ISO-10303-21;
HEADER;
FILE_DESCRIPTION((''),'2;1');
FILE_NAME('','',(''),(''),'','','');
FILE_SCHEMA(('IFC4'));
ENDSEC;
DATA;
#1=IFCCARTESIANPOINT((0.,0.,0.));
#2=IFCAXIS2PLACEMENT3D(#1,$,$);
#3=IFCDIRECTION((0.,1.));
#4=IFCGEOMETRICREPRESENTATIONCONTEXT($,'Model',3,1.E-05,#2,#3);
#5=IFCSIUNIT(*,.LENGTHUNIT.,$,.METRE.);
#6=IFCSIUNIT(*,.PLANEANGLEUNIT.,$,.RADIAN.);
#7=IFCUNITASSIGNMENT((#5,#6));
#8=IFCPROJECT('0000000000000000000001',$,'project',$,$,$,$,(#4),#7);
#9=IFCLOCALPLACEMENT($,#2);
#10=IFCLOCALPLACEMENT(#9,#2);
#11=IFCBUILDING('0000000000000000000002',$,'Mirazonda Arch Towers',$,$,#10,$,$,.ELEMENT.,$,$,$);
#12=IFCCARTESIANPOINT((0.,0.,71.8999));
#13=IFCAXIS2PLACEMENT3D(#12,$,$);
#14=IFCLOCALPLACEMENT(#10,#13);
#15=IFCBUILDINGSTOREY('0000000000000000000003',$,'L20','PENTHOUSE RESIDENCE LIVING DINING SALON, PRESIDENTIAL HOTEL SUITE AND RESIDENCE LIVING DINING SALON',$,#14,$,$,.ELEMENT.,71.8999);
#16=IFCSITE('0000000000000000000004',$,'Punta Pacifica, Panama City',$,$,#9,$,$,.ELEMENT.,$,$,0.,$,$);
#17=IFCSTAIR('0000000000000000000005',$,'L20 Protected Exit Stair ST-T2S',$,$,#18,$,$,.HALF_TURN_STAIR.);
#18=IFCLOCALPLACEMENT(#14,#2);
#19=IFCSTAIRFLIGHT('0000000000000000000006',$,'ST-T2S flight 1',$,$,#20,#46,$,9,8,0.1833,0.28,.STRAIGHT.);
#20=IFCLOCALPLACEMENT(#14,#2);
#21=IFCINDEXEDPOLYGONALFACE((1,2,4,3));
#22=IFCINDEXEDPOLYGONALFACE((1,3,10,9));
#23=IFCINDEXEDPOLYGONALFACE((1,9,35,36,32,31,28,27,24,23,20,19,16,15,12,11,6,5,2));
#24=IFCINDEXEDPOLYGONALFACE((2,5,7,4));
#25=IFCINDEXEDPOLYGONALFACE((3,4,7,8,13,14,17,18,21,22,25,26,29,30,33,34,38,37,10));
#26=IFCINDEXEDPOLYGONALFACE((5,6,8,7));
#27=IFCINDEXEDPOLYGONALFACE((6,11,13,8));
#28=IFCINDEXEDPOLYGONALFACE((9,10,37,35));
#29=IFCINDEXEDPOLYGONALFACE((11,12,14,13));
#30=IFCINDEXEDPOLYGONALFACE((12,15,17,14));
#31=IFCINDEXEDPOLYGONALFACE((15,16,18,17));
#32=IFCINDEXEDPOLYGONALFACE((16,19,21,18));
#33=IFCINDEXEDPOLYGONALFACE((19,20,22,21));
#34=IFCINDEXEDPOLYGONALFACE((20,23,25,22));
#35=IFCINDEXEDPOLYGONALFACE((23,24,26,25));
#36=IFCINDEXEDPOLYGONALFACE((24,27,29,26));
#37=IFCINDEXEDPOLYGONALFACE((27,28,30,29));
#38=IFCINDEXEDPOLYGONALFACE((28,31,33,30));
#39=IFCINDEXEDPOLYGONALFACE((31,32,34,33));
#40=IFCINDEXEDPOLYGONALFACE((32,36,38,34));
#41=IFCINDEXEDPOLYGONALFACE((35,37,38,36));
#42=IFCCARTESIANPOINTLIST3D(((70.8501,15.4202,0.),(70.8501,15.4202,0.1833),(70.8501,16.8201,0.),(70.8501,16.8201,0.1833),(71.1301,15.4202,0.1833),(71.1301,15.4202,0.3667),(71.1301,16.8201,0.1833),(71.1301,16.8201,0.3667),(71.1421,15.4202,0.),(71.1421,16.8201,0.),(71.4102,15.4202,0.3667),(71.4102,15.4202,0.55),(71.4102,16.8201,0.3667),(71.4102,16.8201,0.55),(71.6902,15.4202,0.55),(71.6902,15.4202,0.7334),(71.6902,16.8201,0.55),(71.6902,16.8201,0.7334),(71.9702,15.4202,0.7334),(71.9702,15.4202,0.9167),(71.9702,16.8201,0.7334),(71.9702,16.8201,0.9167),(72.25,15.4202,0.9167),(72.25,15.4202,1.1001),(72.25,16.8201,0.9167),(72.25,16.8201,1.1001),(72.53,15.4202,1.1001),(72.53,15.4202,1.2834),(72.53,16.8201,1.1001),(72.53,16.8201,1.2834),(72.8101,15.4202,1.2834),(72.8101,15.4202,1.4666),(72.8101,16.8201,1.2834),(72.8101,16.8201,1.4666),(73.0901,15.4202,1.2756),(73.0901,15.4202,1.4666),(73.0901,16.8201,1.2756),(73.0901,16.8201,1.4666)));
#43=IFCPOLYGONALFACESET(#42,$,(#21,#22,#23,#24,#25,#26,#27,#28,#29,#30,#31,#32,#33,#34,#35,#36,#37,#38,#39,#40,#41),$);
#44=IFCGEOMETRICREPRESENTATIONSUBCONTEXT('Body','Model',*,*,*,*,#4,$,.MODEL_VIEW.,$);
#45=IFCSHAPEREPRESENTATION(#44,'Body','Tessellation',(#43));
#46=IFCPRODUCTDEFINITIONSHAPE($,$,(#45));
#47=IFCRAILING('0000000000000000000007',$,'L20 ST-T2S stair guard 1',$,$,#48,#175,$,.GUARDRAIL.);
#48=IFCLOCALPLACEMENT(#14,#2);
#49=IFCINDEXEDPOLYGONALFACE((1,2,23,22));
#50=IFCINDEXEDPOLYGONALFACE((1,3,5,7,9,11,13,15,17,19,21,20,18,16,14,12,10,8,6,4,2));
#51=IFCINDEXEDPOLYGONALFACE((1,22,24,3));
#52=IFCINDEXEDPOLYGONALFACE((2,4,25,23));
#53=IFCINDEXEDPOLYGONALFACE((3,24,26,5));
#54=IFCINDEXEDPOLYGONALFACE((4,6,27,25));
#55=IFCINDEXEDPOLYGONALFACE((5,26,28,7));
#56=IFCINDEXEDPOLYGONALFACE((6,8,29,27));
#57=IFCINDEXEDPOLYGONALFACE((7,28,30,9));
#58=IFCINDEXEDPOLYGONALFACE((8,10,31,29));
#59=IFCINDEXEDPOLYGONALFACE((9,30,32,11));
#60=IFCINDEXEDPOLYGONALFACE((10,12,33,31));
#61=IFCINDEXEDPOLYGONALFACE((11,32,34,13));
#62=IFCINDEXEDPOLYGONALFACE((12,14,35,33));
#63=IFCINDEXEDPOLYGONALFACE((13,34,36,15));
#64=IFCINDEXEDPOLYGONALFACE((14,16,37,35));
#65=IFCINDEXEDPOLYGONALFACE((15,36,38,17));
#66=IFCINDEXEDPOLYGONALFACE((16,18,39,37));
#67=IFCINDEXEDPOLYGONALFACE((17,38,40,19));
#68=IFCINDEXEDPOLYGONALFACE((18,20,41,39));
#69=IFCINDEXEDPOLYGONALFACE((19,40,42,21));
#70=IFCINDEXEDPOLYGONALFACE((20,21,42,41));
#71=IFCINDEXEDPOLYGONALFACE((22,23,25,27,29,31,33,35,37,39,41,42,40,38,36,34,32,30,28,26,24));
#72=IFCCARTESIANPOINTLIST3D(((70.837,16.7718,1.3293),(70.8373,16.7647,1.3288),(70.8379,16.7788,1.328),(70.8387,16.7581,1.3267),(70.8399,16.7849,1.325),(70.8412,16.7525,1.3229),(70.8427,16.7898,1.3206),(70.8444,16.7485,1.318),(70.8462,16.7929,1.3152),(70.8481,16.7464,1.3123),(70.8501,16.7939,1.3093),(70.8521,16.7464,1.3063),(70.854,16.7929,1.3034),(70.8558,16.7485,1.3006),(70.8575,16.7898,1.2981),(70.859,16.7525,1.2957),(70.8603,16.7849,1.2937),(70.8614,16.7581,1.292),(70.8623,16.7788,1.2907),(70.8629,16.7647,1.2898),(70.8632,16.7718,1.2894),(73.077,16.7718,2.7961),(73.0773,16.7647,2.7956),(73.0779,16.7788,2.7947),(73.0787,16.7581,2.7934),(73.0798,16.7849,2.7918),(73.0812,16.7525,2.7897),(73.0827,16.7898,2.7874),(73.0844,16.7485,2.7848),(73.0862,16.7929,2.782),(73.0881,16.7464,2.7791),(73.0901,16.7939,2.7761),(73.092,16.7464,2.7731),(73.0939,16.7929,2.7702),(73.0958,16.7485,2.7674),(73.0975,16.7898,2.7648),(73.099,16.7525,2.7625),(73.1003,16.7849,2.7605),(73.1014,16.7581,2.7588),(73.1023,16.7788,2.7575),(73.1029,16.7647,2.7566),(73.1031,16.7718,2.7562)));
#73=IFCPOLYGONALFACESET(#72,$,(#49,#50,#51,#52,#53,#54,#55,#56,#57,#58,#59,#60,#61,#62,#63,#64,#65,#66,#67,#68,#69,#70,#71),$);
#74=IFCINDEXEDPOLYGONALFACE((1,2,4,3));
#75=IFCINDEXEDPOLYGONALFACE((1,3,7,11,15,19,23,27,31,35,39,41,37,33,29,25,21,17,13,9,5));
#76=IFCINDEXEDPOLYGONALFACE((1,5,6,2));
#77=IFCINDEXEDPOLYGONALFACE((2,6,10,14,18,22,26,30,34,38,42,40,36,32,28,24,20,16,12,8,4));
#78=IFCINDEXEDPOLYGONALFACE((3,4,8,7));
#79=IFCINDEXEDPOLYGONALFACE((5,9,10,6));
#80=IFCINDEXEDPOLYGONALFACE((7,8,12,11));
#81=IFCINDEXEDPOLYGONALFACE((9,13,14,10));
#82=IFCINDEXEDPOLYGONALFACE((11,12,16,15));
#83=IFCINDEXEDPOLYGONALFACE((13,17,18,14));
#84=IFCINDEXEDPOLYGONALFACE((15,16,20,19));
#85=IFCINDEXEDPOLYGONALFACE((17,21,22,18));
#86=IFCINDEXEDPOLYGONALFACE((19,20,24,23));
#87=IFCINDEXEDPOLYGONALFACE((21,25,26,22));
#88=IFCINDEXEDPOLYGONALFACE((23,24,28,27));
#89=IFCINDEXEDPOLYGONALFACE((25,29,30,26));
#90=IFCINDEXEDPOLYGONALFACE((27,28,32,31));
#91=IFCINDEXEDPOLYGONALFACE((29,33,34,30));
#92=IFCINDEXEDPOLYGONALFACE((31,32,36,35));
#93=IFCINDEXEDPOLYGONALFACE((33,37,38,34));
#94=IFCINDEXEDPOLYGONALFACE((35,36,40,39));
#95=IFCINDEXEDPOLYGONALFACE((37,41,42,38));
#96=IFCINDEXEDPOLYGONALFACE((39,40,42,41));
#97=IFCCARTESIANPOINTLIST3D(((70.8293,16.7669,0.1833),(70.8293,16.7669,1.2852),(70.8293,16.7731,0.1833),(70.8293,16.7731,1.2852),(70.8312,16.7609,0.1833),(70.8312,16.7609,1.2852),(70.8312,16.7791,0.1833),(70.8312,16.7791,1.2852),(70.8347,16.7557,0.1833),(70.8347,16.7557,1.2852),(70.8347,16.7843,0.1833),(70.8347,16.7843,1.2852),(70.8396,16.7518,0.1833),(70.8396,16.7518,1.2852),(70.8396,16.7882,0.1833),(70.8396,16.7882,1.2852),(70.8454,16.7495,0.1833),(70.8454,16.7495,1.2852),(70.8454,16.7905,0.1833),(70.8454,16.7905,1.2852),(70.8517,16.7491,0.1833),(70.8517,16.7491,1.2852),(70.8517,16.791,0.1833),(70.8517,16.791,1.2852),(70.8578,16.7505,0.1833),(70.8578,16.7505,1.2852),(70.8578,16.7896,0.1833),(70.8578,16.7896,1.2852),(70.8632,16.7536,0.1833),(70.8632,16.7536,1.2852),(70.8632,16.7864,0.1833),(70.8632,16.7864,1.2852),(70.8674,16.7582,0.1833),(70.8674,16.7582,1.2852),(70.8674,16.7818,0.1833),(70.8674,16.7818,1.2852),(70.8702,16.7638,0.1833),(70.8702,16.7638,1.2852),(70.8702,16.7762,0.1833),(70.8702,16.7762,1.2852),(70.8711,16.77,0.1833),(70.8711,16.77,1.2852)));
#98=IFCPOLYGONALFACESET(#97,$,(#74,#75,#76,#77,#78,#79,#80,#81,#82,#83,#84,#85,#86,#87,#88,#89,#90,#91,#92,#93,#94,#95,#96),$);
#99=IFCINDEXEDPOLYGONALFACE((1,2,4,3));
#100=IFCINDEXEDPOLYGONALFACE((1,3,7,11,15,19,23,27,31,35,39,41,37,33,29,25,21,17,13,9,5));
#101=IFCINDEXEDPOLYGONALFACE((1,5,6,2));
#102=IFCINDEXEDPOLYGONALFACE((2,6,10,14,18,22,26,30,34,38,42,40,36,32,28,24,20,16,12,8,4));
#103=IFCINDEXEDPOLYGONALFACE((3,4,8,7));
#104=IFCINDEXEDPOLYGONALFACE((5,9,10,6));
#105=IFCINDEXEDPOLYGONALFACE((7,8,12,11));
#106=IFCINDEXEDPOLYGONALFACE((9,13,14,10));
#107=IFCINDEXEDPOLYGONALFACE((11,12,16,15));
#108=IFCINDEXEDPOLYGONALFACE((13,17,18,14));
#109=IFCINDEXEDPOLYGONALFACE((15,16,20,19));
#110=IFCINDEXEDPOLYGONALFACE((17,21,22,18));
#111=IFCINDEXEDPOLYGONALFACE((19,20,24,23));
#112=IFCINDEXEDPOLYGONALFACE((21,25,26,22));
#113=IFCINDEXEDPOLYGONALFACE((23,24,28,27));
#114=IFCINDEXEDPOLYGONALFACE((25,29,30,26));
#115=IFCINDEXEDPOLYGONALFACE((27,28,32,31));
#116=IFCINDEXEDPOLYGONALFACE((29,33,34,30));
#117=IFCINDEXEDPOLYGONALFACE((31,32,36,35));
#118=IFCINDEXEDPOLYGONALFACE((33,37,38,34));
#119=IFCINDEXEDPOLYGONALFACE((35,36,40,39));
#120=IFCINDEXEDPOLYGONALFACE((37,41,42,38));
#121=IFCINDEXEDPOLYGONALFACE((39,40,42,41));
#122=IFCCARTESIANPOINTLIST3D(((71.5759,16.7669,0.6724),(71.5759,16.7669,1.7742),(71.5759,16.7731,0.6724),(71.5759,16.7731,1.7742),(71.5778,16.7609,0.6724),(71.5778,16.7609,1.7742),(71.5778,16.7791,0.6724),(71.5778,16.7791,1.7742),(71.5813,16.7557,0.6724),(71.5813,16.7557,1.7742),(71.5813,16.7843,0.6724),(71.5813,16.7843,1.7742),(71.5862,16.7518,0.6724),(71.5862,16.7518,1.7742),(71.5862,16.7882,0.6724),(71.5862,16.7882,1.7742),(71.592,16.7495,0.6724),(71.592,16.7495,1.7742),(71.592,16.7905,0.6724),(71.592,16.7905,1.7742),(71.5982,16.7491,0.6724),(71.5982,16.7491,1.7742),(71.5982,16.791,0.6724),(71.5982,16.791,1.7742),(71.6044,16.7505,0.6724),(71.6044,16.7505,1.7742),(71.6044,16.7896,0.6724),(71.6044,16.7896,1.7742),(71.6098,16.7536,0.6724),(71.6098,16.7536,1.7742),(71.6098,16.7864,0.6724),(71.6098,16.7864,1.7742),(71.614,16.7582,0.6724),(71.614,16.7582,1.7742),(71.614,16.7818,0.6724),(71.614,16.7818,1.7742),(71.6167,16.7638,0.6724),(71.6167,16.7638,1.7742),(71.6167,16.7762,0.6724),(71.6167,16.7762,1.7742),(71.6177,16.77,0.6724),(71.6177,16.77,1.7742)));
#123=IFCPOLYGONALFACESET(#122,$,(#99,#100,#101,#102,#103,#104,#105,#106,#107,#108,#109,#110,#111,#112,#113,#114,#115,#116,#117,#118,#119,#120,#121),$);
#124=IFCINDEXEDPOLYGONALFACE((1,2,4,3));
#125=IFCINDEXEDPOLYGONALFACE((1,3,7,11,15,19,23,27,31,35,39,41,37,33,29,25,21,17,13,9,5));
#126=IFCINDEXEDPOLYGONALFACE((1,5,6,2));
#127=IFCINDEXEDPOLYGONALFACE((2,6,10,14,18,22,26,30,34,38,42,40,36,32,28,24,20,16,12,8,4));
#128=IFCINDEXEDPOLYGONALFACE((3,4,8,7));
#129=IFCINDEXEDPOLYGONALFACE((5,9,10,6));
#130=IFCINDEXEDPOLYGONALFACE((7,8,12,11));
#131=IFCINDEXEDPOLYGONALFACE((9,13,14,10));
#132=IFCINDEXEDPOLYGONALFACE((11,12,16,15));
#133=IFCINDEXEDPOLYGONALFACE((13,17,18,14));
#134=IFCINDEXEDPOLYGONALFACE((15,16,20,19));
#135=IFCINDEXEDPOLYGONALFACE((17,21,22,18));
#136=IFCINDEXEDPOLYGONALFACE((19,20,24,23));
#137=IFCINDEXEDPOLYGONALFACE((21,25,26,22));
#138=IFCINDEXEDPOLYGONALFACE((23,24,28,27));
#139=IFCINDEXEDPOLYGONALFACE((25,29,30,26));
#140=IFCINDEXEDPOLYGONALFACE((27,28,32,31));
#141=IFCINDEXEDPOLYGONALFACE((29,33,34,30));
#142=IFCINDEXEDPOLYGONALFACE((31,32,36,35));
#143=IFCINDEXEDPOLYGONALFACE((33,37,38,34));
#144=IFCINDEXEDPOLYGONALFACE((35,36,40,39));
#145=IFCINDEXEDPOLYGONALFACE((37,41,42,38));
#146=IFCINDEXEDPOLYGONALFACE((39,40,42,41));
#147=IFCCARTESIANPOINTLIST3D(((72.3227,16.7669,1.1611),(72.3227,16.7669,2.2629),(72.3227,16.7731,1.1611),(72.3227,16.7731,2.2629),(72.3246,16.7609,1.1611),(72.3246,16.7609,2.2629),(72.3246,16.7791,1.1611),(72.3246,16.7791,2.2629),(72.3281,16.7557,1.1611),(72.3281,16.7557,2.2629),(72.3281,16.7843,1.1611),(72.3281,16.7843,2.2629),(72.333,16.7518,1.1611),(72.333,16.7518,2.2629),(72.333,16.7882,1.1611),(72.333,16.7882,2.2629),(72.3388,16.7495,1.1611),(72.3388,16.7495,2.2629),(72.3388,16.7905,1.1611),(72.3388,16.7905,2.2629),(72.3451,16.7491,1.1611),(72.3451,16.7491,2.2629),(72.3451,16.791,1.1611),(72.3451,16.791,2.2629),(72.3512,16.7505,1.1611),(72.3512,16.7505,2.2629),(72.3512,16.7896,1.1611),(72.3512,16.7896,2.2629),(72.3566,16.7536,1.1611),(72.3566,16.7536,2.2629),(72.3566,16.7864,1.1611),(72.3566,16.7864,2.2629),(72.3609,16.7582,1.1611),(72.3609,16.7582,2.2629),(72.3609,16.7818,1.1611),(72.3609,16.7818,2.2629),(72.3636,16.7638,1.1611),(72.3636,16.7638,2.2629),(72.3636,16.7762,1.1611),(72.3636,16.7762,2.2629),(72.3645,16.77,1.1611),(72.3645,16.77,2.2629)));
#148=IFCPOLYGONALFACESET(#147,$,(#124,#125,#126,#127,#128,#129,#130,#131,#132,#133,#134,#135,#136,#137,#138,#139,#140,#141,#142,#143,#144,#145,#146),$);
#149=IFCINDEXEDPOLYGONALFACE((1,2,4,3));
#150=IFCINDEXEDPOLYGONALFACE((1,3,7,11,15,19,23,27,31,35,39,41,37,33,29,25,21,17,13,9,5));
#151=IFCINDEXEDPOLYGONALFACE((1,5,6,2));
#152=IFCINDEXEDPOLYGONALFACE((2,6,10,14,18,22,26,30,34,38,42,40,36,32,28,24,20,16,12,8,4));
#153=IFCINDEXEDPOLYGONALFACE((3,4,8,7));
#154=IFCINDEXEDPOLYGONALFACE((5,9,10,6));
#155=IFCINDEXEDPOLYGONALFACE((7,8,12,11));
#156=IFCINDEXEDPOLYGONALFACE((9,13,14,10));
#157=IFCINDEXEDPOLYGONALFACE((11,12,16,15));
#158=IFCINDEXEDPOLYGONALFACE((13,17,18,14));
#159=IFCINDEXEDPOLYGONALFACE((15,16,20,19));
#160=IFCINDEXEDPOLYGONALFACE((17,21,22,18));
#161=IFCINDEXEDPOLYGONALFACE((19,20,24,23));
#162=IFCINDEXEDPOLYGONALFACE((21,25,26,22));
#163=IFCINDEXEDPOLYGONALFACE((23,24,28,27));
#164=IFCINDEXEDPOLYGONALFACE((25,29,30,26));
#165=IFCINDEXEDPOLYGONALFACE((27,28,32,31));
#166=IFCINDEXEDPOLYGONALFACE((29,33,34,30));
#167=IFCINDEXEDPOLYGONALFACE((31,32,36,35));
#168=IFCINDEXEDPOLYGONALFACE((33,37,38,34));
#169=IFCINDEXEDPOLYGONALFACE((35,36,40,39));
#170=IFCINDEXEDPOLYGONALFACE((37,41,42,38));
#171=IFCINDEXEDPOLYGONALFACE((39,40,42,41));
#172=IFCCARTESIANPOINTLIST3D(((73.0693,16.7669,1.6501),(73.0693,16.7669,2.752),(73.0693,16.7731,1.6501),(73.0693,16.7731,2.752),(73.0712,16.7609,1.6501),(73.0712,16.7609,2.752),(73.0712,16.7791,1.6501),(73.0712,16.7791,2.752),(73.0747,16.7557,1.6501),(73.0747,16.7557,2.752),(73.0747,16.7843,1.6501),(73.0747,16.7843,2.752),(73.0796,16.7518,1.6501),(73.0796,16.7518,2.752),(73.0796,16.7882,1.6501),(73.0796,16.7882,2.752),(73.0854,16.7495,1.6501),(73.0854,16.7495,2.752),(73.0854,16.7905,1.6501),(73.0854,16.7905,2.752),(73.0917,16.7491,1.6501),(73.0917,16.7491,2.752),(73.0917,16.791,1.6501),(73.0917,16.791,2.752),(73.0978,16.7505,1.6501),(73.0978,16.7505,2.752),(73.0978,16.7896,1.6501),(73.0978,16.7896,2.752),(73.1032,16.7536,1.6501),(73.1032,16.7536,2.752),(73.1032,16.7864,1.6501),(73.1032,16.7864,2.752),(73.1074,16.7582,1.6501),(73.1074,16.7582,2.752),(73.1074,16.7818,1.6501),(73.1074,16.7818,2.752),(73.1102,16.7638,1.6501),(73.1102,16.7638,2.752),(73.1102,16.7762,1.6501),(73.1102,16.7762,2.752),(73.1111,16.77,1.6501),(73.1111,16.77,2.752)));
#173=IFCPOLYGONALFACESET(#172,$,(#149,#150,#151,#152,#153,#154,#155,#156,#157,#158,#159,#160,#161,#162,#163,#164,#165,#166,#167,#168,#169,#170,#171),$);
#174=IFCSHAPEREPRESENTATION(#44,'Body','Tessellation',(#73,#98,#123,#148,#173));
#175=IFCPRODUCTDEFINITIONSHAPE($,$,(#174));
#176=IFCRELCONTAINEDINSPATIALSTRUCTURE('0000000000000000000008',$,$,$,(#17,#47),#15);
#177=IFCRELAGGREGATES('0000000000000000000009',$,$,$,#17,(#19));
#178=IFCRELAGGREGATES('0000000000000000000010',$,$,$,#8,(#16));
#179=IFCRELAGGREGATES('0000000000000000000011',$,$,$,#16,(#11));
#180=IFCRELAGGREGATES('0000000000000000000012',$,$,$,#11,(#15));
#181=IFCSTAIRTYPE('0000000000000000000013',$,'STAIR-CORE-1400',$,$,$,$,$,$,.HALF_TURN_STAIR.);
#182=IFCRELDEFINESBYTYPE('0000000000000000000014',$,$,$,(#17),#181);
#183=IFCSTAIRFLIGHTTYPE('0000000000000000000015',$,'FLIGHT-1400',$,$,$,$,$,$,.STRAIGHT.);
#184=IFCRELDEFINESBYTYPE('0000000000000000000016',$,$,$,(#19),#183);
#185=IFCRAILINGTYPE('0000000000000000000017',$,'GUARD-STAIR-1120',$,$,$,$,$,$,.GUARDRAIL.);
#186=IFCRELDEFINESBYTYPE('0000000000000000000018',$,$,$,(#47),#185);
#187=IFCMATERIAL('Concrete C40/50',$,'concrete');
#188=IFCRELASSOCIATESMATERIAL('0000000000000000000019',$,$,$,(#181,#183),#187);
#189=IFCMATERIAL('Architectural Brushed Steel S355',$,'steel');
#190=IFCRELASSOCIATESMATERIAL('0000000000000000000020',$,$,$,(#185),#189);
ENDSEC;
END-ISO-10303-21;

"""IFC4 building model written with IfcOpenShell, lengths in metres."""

from ifc_helpers import new_model, si_unit, direction, frame, origin, origin_2d, place, context, subcontext, project, spatial, polyline, circle, outline, extrude, material, type_object, element, aggregate, save


model = new_model("IFC4")

# Units and contexts
model_context = context("Model", 3, precision=1e-05, world=origin(), true_north=direction((0.0, 1.0)))
body_context = subcontext(model_context, "Body", "Model", "MODEL_VIEW")
ifc_project = project(units=[si_unit("LENGTHUNIT", "METRE"), si_unit("PLANEANGLEUNIT", "RADIAN")], contexts=[model_context])

# Site, building, storey
site_placement = place(None, origin())
site = spatial("IfcSite", under=ifc_project, at=site_placement, Name="Punta Pacifica, Panama City", CompositionType="ELEMENT", RefElevation=0.0)
building_placement = place(site_placement, origin())
building = spatial("IfcBuilding", under=site, at=building_placement, Name="Mirazonda Arch Towers", CompositionType="ELEMENT")
storey_placement = place(building_placement, frame((0.0, 0.0, 71.8999)))
storey = spatial("IfcBuildingStorey", under=building, at=storey_placement, Name="L20", Description="PENTHOUSE RESIDENCE LIVING DINING SALON, PRESIDENTIAL HOTEL SUITE AND RESIDENCE LIVING DINING SALON", CompositionType="ELEMENT", Elevation=71.8999)

# Stair, stair flight
ifc_material_1 = material(Name="Concrete C40/50", Category="concrete")
stair_type = type_object("IfcStairType", Name="STAIR-CORE-1400", PredefinedType="HALF_TURN_STAIR", material=ifc_material_1)
stair_placement = place(storey_placement, origin())
stair = element("IfcStair", 1, at=stair_placement, inside=storey, type_object=stair_type, Name="L20 Protected Exit Stair ST-T2S", PredefinedType="HALF_TURN_STAIR")
stair_flight_type = type_object("IfcStairFlightType", Name="FLIGHT-1400", PredefinedType="STRAIGHT", material=ifc_material_1)
stair_flight_placement = place(storey_placement, frame((70.8501, 16.1201, 0.0), z_axis=(0.0, 0.0, 1.0), x_axis=(1.0, 0.0, 0.0)))
stair_flight = element("IfcStairFlight", 2, at=stair_flight_placement, type_object=stair_flight_type, Name="ST-T2S flight 1", NumberOfRisers=9, NumberOfTreads=8, PredefinedType="STRAIGHT", RiserHeight=0.1833, TreadLength=0.28, context=body_context, shape_type="SweptSolid", body=[
    extrude(outline(polyline([(0.0, 0.0), (0.0, 0.1833), (0.28, 0.1833), (0.28, 0.3667), (0.5601, 0.3667), (0.5601, 0.55), (0.8401, 0.55), (0.8401, 0.7334), (1.1201, 0.7334), (1.1201, 0.9167), (1.3999, 0.9167), (1.3999, 1.1001), (1.6799, 1.1001), (1.6799, 1.2834), (1.96, 1.2834), (1.96, 1.4666), (2.24, 1.4666), (2.24, 1.6499), (2.24, 1.2756), (0.292, 0.0), (0.0, 0.0)])), frame((0.0, 0.7, 0.0), z_axis=(0.0, -1.0, 0.0), x_axis=(1.0, 0.0, 0.0)), (0.0, 0.0, 1.0), 1.3999),
])
aggregate(stair, [stair_flight])

# Railing
ifc_material_2 = material(Name="Architectural Brushed Steel S355", Category="steel")
railing_type_1 = type_object("IfcRailingType", Name="GUARD-STAIR-1120", PredefinedType="GUARDRAIL", material=ifc_material_2)
railing_1_placement = place(storey_placement, frame((70.8501, 16.77, 0.1833)))
element("IfcRailing", 3, at=railing_1_placement, inside=storey, type_object=railing_type_1, Name="L20 ST-T2S stair guard 1", PredefinedType="GUARDRAIL", context=body_context, shape_type="SweptSolid", body=[
    extrude(circle(Radius=0.0239, at=origin_2d()), frame((0.0, 0.0, 1.126), z_axis=(0.836595, 0.0, 0.547822), x_axis=(0.0, 1.0, 0.0)), (0.0, 0.0, 1.0), 2.6775),
    extrude(circle(Radius=0.021, at=origin_2d()), origin(), (0.0, 0.0, 1.0), 1.1018),
    extrude(circle(Radius=0.021, at=origin_2d()), frame((0.7466, 0.0, 0.489)), (0.0, 0.0, 1.0), 1.1018),
    extrude(circle(Radius=0.021, at=origin_2d()), frame((1.4934, 0.0, 0.9778)), (0.0, 0.0, 1.0), 1.1018),
    extrude(circle(Radius=0.021, at=origin_2d()), frame((2.24, 0.0, 1.4668)), (0.0, 0.0, 1.0), 1.1018),
])

save(model, "model.ifc")
